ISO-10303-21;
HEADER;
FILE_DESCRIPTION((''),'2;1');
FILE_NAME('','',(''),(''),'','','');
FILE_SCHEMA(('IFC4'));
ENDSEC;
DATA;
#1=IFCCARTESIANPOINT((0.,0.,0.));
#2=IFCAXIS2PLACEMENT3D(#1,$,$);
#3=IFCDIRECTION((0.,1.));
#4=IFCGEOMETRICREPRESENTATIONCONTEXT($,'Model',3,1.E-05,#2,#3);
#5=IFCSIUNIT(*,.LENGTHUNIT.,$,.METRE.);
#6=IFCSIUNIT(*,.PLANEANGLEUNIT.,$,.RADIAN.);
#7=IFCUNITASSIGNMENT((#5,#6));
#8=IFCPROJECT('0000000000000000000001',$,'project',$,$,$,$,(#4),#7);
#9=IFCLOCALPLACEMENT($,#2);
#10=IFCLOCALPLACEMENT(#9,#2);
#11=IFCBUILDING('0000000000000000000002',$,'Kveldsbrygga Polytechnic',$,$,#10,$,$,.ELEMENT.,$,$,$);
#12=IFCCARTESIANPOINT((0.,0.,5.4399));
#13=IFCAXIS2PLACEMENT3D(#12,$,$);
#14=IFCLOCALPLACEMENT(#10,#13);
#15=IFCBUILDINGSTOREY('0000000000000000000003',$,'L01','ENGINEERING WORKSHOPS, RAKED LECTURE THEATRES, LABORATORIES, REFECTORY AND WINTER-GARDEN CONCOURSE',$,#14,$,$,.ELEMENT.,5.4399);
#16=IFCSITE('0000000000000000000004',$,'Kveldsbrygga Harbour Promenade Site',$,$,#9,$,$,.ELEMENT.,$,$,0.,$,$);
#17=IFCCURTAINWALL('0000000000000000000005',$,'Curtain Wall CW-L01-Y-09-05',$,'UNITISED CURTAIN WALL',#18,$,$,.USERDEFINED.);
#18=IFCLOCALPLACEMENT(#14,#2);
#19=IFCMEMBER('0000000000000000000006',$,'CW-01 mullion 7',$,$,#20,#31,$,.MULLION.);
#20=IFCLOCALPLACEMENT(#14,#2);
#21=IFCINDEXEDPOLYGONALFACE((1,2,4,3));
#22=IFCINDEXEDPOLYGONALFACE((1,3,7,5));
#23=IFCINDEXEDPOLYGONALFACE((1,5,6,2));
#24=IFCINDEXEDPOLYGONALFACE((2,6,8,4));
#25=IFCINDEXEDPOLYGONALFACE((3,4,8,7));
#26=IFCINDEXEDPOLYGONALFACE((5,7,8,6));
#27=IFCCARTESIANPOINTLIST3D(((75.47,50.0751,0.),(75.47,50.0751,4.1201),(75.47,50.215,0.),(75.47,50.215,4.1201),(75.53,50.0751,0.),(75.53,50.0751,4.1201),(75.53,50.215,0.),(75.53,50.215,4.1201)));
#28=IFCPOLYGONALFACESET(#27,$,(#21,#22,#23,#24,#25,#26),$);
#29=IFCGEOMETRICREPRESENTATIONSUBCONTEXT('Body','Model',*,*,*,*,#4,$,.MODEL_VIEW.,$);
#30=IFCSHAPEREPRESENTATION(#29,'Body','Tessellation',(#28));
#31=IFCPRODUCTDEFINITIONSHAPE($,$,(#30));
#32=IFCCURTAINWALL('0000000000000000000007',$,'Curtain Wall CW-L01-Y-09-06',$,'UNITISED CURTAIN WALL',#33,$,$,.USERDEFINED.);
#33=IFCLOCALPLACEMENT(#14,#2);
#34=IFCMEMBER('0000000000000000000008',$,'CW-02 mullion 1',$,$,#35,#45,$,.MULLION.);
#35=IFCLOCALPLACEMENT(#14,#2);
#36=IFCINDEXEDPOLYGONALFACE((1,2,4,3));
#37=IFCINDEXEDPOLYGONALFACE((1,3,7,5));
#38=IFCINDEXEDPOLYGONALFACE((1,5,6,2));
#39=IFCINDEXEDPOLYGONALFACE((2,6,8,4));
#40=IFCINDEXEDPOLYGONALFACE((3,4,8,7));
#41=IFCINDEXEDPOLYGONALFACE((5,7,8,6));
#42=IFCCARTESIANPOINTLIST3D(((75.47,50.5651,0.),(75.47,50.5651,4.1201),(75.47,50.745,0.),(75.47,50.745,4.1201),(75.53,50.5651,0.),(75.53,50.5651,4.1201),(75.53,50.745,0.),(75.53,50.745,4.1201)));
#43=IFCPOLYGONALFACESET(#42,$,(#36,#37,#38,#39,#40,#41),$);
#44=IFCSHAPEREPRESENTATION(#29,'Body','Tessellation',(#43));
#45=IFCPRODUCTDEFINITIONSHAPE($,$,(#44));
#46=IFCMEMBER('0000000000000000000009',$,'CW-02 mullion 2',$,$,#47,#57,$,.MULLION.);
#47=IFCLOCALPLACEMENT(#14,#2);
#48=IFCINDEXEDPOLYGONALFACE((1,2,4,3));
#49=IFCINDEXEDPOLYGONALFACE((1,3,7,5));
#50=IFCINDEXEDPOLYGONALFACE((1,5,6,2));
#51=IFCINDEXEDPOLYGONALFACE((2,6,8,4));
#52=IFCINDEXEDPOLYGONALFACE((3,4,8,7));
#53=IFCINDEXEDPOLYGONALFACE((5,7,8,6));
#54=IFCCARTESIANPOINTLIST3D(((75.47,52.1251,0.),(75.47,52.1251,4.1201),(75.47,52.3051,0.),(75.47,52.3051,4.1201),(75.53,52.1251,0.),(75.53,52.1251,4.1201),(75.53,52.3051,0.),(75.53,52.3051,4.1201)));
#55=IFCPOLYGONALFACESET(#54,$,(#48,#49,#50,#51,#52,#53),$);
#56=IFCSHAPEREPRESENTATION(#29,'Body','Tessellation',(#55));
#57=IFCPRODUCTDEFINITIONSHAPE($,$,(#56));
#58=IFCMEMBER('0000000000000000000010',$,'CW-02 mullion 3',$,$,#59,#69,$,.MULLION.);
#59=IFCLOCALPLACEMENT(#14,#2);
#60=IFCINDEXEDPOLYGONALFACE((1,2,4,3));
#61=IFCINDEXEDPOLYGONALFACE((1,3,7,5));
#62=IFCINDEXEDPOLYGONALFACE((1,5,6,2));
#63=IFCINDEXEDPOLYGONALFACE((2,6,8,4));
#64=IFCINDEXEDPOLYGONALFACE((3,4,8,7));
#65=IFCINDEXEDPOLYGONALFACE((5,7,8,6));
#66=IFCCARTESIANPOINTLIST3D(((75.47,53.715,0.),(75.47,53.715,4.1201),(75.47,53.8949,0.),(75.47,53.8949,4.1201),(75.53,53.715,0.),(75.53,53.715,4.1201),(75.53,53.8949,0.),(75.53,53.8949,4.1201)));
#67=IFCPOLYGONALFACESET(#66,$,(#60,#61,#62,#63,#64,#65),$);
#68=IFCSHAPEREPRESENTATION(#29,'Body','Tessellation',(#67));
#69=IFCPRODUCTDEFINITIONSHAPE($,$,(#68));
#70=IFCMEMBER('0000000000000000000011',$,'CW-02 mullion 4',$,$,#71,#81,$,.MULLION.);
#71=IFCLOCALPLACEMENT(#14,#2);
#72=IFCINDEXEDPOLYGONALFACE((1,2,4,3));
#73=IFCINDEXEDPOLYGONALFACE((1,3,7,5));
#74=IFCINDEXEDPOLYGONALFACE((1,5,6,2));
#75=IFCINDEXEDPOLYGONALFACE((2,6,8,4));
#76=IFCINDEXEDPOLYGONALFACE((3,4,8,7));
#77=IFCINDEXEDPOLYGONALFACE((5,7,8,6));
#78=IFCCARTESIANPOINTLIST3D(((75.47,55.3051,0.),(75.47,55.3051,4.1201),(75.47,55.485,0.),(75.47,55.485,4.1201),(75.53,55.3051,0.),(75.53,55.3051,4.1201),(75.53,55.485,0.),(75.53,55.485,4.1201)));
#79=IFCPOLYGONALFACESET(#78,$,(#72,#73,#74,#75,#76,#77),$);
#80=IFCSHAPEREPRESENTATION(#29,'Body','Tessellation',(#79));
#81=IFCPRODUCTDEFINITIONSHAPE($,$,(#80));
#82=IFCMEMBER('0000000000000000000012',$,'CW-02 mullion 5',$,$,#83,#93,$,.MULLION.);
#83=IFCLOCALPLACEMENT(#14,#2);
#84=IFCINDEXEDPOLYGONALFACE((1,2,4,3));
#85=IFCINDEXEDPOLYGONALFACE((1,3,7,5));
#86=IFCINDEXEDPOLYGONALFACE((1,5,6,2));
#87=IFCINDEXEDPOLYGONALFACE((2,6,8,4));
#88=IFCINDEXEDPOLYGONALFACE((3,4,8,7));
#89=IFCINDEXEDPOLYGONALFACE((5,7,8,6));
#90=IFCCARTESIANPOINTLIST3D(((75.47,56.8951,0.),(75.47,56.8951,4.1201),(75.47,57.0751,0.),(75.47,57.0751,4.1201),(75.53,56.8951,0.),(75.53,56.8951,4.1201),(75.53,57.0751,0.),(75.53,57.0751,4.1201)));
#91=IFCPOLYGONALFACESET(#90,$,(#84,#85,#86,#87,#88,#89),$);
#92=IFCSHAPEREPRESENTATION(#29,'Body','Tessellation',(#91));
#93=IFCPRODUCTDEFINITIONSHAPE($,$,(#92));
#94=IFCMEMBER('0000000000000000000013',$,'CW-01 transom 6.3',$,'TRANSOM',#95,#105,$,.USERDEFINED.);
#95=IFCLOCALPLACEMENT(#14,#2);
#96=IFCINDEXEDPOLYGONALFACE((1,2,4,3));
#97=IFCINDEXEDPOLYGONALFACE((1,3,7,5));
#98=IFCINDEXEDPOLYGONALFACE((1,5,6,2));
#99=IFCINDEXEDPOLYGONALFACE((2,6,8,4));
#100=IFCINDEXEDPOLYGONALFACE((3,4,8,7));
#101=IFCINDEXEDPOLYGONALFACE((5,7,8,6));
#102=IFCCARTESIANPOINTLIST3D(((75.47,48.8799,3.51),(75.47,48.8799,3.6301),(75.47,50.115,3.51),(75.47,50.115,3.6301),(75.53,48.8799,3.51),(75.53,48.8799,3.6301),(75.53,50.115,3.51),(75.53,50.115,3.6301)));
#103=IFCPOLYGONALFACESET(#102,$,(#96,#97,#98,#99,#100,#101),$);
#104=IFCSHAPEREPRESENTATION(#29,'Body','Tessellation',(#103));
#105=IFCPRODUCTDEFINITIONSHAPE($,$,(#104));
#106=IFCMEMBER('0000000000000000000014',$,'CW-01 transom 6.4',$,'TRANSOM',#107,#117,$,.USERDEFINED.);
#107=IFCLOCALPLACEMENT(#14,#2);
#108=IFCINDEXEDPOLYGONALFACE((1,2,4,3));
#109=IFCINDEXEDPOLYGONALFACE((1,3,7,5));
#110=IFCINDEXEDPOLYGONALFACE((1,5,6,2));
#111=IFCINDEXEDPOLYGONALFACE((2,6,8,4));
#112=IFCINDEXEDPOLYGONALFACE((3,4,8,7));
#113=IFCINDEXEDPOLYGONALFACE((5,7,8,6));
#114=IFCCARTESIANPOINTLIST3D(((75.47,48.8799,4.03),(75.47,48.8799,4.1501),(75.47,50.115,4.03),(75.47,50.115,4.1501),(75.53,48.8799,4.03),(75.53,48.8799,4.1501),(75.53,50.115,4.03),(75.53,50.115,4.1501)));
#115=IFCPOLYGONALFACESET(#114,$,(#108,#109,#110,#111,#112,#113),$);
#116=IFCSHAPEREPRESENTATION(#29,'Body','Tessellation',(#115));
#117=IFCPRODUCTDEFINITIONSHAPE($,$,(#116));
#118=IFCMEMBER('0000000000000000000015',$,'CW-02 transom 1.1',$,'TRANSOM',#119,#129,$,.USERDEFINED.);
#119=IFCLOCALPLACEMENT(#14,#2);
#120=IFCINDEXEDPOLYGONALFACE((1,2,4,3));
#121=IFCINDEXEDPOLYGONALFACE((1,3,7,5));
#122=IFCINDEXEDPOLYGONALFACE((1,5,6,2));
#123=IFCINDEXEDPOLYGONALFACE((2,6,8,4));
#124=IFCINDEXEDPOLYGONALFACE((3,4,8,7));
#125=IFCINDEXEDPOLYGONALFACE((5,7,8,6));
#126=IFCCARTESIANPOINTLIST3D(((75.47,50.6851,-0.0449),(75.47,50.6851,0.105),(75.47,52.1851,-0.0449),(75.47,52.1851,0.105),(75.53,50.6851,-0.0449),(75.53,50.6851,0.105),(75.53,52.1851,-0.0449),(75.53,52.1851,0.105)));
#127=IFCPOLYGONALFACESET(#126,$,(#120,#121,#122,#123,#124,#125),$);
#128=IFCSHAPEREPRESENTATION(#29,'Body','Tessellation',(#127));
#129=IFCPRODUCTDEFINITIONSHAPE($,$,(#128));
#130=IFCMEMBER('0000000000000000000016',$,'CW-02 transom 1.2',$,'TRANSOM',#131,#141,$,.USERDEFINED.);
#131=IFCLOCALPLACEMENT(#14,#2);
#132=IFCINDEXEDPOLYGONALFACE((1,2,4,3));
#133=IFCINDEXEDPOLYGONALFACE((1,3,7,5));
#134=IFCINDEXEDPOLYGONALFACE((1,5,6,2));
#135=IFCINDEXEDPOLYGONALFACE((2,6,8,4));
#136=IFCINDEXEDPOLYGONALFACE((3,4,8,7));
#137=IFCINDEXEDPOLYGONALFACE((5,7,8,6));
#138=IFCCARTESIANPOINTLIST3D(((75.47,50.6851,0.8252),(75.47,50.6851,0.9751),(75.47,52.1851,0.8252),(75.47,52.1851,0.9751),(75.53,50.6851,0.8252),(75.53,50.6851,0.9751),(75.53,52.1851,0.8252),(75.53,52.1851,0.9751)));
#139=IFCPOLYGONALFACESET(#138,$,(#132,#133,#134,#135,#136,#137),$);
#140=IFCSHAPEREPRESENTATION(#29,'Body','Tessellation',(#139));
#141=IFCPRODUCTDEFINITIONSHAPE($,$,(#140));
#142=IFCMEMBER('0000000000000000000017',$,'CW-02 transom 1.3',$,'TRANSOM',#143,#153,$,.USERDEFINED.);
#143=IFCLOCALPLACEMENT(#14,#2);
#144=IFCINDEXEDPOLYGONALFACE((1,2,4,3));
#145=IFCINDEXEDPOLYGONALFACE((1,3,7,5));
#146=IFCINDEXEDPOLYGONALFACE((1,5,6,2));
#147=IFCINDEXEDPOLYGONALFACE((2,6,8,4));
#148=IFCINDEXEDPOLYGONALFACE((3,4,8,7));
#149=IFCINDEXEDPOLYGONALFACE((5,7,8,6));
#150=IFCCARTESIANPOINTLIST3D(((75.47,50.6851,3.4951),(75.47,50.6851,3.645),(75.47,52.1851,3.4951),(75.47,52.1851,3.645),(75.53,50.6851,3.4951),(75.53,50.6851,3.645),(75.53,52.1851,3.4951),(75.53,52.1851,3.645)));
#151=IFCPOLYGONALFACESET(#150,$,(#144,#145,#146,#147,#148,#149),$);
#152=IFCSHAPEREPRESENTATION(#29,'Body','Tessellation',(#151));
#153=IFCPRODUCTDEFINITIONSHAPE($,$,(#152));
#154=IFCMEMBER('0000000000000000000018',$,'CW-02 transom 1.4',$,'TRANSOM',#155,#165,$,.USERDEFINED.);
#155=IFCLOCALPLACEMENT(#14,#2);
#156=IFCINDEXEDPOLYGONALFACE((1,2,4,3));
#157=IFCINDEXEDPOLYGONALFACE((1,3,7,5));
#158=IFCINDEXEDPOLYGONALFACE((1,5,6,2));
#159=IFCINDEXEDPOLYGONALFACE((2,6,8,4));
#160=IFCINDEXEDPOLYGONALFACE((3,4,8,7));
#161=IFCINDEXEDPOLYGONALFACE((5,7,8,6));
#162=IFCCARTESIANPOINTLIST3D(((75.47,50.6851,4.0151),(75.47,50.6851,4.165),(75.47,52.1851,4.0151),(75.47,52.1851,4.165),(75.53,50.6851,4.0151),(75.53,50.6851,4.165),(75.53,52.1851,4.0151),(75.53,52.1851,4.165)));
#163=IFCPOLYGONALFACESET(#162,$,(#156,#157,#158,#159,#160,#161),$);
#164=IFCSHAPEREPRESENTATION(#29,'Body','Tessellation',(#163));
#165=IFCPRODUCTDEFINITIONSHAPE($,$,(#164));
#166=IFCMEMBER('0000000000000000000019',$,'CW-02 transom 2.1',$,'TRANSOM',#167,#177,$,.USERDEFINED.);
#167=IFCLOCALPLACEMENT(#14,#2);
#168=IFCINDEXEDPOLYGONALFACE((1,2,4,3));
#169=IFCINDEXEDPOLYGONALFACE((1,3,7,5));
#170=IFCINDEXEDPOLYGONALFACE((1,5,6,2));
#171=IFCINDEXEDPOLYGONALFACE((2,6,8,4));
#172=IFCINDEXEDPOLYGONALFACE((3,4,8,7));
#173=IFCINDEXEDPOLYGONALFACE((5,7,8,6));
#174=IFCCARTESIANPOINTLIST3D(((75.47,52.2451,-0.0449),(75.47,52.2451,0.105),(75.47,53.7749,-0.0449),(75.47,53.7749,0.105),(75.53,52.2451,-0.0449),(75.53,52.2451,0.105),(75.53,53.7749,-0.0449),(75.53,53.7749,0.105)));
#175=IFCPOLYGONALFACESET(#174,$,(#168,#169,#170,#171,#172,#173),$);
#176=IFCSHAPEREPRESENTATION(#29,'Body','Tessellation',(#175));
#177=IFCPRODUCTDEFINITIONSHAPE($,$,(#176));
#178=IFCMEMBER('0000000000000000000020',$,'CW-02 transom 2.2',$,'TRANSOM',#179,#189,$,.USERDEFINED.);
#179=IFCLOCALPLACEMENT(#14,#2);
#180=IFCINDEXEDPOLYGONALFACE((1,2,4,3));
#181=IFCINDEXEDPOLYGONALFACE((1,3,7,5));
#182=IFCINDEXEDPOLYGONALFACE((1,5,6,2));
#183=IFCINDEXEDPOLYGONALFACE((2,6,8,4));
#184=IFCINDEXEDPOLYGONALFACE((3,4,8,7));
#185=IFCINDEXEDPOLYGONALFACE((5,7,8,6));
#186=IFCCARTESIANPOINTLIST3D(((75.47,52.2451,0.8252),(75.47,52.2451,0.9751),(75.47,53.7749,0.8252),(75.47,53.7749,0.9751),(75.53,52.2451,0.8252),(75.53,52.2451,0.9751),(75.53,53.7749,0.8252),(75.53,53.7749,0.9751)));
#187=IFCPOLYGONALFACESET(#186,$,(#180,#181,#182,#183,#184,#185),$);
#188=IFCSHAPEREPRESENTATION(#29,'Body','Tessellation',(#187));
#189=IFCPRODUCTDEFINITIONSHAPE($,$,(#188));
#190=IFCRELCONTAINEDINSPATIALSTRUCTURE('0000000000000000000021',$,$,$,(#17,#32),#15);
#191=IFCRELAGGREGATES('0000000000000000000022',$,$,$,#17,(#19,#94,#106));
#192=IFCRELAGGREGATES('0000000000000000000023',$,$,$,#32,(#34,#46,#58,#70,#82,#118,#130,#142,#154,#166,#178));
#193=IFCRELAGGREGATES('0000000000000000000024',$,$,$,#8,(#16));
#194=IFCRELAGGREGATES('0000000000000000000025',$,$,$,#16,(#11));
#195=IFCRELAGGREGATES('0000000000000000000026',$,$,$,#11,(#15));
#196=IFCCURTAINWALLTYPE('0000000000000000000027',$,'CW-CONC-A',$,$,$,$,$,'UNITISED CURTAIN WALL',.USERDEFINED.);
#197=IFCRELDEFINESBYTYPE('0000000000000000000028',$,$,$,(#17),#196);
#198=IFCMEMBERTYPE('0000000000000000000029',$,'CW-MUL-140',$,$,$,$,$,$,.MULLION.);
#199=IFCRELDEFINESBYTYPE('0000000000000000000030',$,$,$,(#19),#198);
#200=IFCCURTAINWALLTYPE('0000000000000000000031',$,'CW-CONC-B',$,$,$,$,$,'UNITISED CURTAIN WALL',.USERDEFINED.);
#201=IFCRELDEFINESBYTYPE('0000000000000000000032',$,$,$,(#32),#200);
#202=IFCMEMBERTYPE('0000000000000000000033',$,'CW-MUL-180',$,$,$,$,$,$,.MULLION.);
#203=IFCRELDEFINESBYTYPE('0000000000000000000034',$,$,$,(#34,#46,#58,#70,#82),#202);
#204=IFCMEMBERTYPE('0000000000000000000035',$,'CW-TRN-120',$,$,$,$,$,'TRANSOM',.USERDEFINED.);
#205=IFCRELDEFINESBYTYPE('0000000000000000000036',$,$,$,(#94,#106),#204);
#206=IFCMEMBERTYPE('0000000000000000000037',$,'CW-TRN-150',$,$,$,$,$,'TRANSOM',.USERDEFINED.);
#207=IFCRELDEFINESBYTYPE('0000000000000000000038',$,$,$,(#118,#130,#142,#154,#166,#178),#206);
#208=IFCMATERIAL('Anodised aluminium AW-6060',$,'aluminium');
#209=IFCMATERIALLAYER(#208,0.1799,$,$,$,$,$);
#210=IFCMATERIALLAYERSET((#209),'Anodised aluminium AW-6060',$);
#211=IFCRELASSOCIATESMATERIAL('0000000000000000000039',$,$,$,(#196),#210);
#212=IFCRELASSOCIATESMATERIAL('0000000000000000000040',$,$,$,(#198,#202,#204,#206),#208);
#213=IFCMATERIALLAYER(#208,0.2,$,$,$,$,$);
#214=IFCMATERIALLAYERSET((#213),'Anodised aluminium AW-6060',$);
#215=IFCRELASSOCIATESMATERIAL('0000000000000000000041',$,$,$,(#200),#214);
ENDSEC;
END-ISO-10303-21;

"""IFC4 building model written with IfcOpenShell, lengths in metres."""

from ifc_helpers import new_model, si_unit, direction, frame, origin, origin_2d, place, context, subcontext, project, spatial, rectangle, extrude, material, layer, layer_set, material_profile, profile_set, type_object, element, aggregate, save


model = new_model("IFC4")

# Units and contexts
model_context = context("Model", 3, precision=1e-05, world=origin(), true_north=direction((0.0, 1.0)))
body_context = subcontext(model_context, "Body", "Model", "MODEL_VIEW")
ifc_project = project(units=[si_unit("LENGTHUNIT", "METRE"), si_unit("PLANEANGLEUNIT", "RADIAN")], contexts=[model_context])

# Site, building, storey
site_placement = place(None, origin())
site = spatial("IfcSite", under=ifc_project, at=site_placement, Name="Kveldsbrygga Harbour Promenade Site", CompositionType="ELEMENT", RefElevation=0.0)
building_placement = place(site_placement, origin())
building = spatial("IfcBuilding", under=site, at=building_placement, Name="Kveldsbrygga Polytechnic", CompositionType="ELEMENT")
storey_placement = place(building_placement, frame((0.0, 0.0, 5.4399)))
storey = spatial("IfcBuildingStorey", under=building, at=storey_placement, Name="L01", Description="ENGINEERING WORKSHOPS, RAKED LECTURE THEATRES, LABORATORIES, REFECTORY AND WINTER-GARDEN CONCOURSE", CompositionType="ELEMENT", Elevation=5.4399)

# Curtain wall, member
ifc_material_1 = material(Name="Anodised aluminium AW-6060", Category="aluminium")
ifc_layer_1 = layer(ifc_material_1, 0.1799)
ifc_layer_set_1 = layer_set([ifc_layer_1], Name="Anodised aluminium AW-6060")
curtain_wall_type_1 = type_object("IfcCurtainWallType", Name="CW-CONC-A", ElementType="UNITISED CURTAIN WALL", PredefinedType="USERDEFINED", material=ifc_layer_set_1)
curtain_wall_1_placement = place(storey_placement, origin())
curtain_wall_1 = element("IfcCurtainWall", 1, at=curtain_wall_1_placement, inside=storey, type_object=curtain_wall_type_1, Name="Curtain Wall CW-L01-Y-09-05", ObjectType="UNITISED CURTAIN WALL", PredefinedType="USERDEFINED")
ifc_material_profile_1 = material_profile(ifc_material_1, rectangle(XDim=0.0601, YDim=0.1399, at=origin_2d()), Name="ALU 60x140")
ifc_profile_set_1 = profile_set([ifc_material_profile_1], Name="Anodised aluminium AW-6060")
member_type_1 = type_object("IfcMemberType", Name="CW-MUL-140", PredefinedType="MULLION", material=ifc_profile_set_1)
member_1_placement = place(storey_placement, frame((75.5, 50.145, 0.0), z_axis=(0.0, 0.0, 1.0), x_axis=(-1.0, 0.0, 0.0)))
member_1 = element("IfcMember", 2, at=member_1_placement, type_object=member_type_1, Name="CW-01 mullion 7", PredefinedType="MULLION", context=body_context, shape_type="SweptSolid", body=[
    extrude(rectangle(XDim=0.0601, YDim=0.1399, at=origin_2d()), origin(), (0.0, 0.0, 1.0), 4.1201),
])

# Curtain wall, members
ifc_layer_2 = layer(ifc_material_1, 0.2)
ifc_layer_set_2 = layer_set([ifc_layer_2], Name="Anodised aluminium AW-6060")
curtain_wall_type_2 = type_object("IfcCurtainWallType", Name="CW-CONC-B", ElementType="UNITISED CURTAIN WALL", PredefinedType="USERDEFINED", material=ifc_layer_set_2)
curtain_wall_2_placement = place(storey_placement, origin())
curtain_wall_2 = element("IfcCurtainWall", 3, at=curtain_wall_2_placement, inside=storey, type_object=curtain_wall_type_2, Name="Curtain Wall CW-L01-Y-09-06", ObjectType="UNITISED CURTAIN WALL", PredefinedType="USERDEFINED")
ifc_material_profile_2 = material_profile(ifc_material_1, rectangle(XDim=0.0601, YDim=0.1799, at=origin_2d()), Name="ALU 60x180")
ifc_profile_set_2 = profile_set([ifc_material_profile_2], Name="Anodised aluminium AW-6060")
member_type_2 = type_object("IfcMemberType", Name="CW-MUL-180", PredefinedType="MULLION", material=ifc_profile_set_2)
member_2_placement = place(storey_placement, frame((75.5, 50.655, 0.0), z_axis=(0.0, 0.0, 1.0), x_axis=(-1.0, 0.0, 0.0)))
member_2 = element("IfcMember", 4, at=member_2_placement, type_object=member_type_2, Name="CW-02 mullion 1", PredefinedType="MULLION", context=body_context, shape_type="SweptSolid", body=[
    extrude(rectangle(XDim=0.0601, YDim=0.1799, at=origin_2d()), origin(), (0.0, 0.0, 1.0), 4.1201),
])
member_3_placement = place(storey_placement, frame((75.5, 52.2151, 0.0), z_axis=(0.0, 0.0, 1.0), x_axis=(-1.0, 0.0, 0.0)))
member_3 = element("IfcMember", 5, at=member_3_placement, type_object=member_type_2, Name="CW-02 mullion 2", PredefinedType="MULLION", context=body_context, shape_type="SweptSolid", body=[
    extrude(rectangle(XDim=0.0601, YDim=0.1799, at=origin_2d()), origin(), (0.0, 0.0, 1.0), 4.1201),
])
member_4_placement = place(storey_placement, frame((75.5, 53.8049, 0.0), z_axis=(0.0, 0.0, 1.0), x_axis=(-1.0, 0.0, 0.0)))
member_4 = element("IfcMember", 6, at=member_4_placement, type_object=member_type_2, Name="CW-02 mullion 3", PredefinedType="MULLION", context=body_context, shape_type="SweptSolid", body=[
    extrude(rectangle(XDim=0.0601, YDim=0.1799, at=origin_2d()), origin(), (0.0, 0.0, 1.0), 4.1201),
])
member_5_placement = place(storey_placement, frame((75.5, 55.395, 0.0), z_axis=(0.0, 0.0, 1.0), x_axis=(-1.0, 0.0, 0.0)))
member_5 = element("IfcMember", 7, at=member_5_placement, type_object=member_type_2, Name="CW-02 mullion 4", PredefinedType="MULLION", context=body_context, shape_type="SweptSolid", body=[
    extrude(rectangle(XDim=0.0601, YDim=0.1799, at=origin_2d()), origin(), (0.0, 0.0, 1.0), 4.1201),
])
member_6_placement = place(storey_placement, frame((75.5, 56.9851, 0.0), z_axis=(0.0, 0.0, 1.0), x_axis=(-1.0, 0.0, 0.0)))
member_6 = element("IfcMember", 8, at=member_6_placement, type_object=member_type_2, Name="CW-02 mullion 5", PredefinedType="MULLION", context=body_context, shape_type="SweptSolid", body=[
    extrude(rectangle(XDim=0.0601, YDim=0.1799, at=origin_2d()), origin(), (0.0, 0.0, 1.0), 4.1201),
])

# Members
ifc_material_profile_3 = material_profile(ifc_material_1, rectangle(XDim=0.0601, YDim=0.1201, at=origin_2d()), Name="ALU 60x120")
ifc_profile_set_3 = profile_set([ifc_material_profile_3], Name="Anodised aluminium AW-6060")
member_type_3 = type_object("IfcMemberType", Name="CW-TRN-120", ElementType="TRANSOM", PredefinedType="USERDEFINED", material=ifc_profile_set_3)
member_7_placement = place(storey_placement, frame((75.5, 48.8799, 3.5701), z_axis=(0.0, 1.0, 0.0), x_axis=(-1.0, 0.0, 0.0)))
member_7 = element("IfcMember", 9, at=member_7_placement, type_object=member_type_3, Name="CW-01 transom 6.3", ObjectType="TRANSOM", PredefinedType="USERDEFINED", context=body_context, shape_type="SweptSolid", body=[
    extrude(rectangle(XDim=0.0601, YDim=0.1201, at=origin_2d()), origin(), (0.0, 0.0, 1.0), 1.2351),
])
member_8_placement = place(storey_placement, frame((75.5, 48.8799, 4.0901), z_axis=(0.0, 1.0, 0.0), x_axis=(-1.0, 0.0, 0.0)))
member_8 = element("IfcMember", 10, at=member_8_placement, type_object=member_type_3, Name="CW-01 transom 6.4", ObjectType="TRANSOM", PredefinedType="USERDEFINED", context=body_context, shape_type="SweptSolid", body=[
    extrude(rectangle(XDim=0.0601, YDim=0.1201, at=origin_2d()), origin(), (0.0, 0.0, 1.0), 1.2351),
])
ifc_material_profile_4 = material_profile(ifc_material_1, rectangle(XDim=0.0601, YDim=0.1499, at=origin_2d()), Name="ALU 60x150")
ifc_profile_set_4 = profile_set([ifc_material_profile_4], Name="Anodised aluminium AW-6060")
member_type_4 = type_object("IfcMemberType", Name="CW-TRN-150", ElementType="TRANSOM", PredefinedType="USERDEFINED", material=ifc_profile_set_4)
member_9_placement = place(storey_placement, frame((75.5, 50.6851, 0.03), z_axis=(0.0, 1.0, 0.0), x_axis=(-1.0, 0.0, 0.0)))
member_9 = element("IfcMember", 11, at=member_9_placement, type_object=member_type_4, Name="CW-02 transom 1.1", ObjectType="TRANSOM", PredefinedType="USERDEFINED", context=body_context, shape_type="SweptSolid", body=[
    extrude(rectangle(XDim=0.0601, YDim=0.1499, at=origin_2d()), origin(), (0.0, 0.0, 1.0), 1.5),
])
member_10_placement = place(storey_placement, frame((75.5, 50.6851, 0.9001), z_axis=(0.0, 1.0, 0.0), x_axis=(-1.0, 0.0, 0.0)))
member_10 = element("IfcMember", 12, at=member_10_placement, type_object=member_type_4, Name="CW-02 transom 1.2", ObjectType="TRANSOM", PredefinedType="USERDEFINED", context=body_context, shape_type="SweptSolid", body=[
    extrude(rectangle(XDim=0.0601, YDim=0.1499, at=origin_2d()), origin(), (0.0, 0.0, 1.0), 1.5),
])
member_11_placement = place(storey_placement, frame((75.5, 50.6851, 3.5701), z_axis=(0.0, 1.0, 0.0), x_axis=(-1.0, 0.0, 0.0)))
member_11 = element("IfcMember", 13, at=member_11_placement, type_object=member_type_4, Name="CW-02 transom 1.3", ObjectType="TRANSOM", PredefinedType="USERDEFINED", context=body_context, shape_type="SweptSolid", body=[
    extrude(rectangle(XDim=0.0601, YDim=0.1499, at=origin_2d()), origin(), (0.0, 0.0, 1.0), 1.5),
])
member_12_placement = place(storey_placement, frame((75.5, 50.6851, 4.0901), z_axis=(0.0, 1.0, 0.0), x_axis=(-1.0, 0.0, 0.0)))
member_12 = element("IfcMember", 14, at=member_12_placement, type_object=member_type_4, Name="CW-02 transom 1.4", ObjectType="TRANSOM", PredefinedType="USERDEFINED", context=body_context, shape_type="SweptSolid", body=[
    extrude(rectangle(XDim=0.0601, YDim=0.1499, at=origin_2d()), origin(), (0.0, 0.0, 1.0), 1.5),
])
member_13_placement = place(storey_placement, frame((75.5, 52.2451, 0.03), z_axis=(0.0, 1.0, 0.0), x_axis=(-1.0, 0.0, 0.0)))
member_13 = element("IfcMember", 15, at=member_13_placement, type_object=member_type_4, Name="CW-02 transom 2.1", ObjectType="TRANSOM", PredefinedType="USERDEFINED", context=body_context, shape_type="SweptSolid", body=[
    extrude(rectangle(XDim=0.0601, YDim=0.1499, at=origin_2d()), origin(), (0.0, 0.0, 1.0), 1.5298),
])
member_14_placement = place(storey_placement, frame((75.5, 52.2451, 0.9001), z_axis=(0.0, 1.0, 0.0), x_axis=(-1.0, 0.0, 0.0)))
member_14 = element("IfcMember", 16, at=member_14_placement, type_object=member_type_4, Name="CW-02 transom 2.2", ObjectType="TRANSOM", PredefinedType="USERDEFINED", context=body_context, shape_type="SweptSolid", body=[
    extrude(rectangle(XDim=0.0601, YDim=0.1499, at=origin_2d()), origin(), (0.0, 0.0, 1.0), 1.5298),
])

aggregate(curtain_wall_1, [member_1, member_7, member_8])
aggregate(curtain_wall_2, [member_2, member_3, member_4, member_5, member_6, member_9, member_10, member_11, member_12, member_13, member_14])

save(model, "model.ifc")
